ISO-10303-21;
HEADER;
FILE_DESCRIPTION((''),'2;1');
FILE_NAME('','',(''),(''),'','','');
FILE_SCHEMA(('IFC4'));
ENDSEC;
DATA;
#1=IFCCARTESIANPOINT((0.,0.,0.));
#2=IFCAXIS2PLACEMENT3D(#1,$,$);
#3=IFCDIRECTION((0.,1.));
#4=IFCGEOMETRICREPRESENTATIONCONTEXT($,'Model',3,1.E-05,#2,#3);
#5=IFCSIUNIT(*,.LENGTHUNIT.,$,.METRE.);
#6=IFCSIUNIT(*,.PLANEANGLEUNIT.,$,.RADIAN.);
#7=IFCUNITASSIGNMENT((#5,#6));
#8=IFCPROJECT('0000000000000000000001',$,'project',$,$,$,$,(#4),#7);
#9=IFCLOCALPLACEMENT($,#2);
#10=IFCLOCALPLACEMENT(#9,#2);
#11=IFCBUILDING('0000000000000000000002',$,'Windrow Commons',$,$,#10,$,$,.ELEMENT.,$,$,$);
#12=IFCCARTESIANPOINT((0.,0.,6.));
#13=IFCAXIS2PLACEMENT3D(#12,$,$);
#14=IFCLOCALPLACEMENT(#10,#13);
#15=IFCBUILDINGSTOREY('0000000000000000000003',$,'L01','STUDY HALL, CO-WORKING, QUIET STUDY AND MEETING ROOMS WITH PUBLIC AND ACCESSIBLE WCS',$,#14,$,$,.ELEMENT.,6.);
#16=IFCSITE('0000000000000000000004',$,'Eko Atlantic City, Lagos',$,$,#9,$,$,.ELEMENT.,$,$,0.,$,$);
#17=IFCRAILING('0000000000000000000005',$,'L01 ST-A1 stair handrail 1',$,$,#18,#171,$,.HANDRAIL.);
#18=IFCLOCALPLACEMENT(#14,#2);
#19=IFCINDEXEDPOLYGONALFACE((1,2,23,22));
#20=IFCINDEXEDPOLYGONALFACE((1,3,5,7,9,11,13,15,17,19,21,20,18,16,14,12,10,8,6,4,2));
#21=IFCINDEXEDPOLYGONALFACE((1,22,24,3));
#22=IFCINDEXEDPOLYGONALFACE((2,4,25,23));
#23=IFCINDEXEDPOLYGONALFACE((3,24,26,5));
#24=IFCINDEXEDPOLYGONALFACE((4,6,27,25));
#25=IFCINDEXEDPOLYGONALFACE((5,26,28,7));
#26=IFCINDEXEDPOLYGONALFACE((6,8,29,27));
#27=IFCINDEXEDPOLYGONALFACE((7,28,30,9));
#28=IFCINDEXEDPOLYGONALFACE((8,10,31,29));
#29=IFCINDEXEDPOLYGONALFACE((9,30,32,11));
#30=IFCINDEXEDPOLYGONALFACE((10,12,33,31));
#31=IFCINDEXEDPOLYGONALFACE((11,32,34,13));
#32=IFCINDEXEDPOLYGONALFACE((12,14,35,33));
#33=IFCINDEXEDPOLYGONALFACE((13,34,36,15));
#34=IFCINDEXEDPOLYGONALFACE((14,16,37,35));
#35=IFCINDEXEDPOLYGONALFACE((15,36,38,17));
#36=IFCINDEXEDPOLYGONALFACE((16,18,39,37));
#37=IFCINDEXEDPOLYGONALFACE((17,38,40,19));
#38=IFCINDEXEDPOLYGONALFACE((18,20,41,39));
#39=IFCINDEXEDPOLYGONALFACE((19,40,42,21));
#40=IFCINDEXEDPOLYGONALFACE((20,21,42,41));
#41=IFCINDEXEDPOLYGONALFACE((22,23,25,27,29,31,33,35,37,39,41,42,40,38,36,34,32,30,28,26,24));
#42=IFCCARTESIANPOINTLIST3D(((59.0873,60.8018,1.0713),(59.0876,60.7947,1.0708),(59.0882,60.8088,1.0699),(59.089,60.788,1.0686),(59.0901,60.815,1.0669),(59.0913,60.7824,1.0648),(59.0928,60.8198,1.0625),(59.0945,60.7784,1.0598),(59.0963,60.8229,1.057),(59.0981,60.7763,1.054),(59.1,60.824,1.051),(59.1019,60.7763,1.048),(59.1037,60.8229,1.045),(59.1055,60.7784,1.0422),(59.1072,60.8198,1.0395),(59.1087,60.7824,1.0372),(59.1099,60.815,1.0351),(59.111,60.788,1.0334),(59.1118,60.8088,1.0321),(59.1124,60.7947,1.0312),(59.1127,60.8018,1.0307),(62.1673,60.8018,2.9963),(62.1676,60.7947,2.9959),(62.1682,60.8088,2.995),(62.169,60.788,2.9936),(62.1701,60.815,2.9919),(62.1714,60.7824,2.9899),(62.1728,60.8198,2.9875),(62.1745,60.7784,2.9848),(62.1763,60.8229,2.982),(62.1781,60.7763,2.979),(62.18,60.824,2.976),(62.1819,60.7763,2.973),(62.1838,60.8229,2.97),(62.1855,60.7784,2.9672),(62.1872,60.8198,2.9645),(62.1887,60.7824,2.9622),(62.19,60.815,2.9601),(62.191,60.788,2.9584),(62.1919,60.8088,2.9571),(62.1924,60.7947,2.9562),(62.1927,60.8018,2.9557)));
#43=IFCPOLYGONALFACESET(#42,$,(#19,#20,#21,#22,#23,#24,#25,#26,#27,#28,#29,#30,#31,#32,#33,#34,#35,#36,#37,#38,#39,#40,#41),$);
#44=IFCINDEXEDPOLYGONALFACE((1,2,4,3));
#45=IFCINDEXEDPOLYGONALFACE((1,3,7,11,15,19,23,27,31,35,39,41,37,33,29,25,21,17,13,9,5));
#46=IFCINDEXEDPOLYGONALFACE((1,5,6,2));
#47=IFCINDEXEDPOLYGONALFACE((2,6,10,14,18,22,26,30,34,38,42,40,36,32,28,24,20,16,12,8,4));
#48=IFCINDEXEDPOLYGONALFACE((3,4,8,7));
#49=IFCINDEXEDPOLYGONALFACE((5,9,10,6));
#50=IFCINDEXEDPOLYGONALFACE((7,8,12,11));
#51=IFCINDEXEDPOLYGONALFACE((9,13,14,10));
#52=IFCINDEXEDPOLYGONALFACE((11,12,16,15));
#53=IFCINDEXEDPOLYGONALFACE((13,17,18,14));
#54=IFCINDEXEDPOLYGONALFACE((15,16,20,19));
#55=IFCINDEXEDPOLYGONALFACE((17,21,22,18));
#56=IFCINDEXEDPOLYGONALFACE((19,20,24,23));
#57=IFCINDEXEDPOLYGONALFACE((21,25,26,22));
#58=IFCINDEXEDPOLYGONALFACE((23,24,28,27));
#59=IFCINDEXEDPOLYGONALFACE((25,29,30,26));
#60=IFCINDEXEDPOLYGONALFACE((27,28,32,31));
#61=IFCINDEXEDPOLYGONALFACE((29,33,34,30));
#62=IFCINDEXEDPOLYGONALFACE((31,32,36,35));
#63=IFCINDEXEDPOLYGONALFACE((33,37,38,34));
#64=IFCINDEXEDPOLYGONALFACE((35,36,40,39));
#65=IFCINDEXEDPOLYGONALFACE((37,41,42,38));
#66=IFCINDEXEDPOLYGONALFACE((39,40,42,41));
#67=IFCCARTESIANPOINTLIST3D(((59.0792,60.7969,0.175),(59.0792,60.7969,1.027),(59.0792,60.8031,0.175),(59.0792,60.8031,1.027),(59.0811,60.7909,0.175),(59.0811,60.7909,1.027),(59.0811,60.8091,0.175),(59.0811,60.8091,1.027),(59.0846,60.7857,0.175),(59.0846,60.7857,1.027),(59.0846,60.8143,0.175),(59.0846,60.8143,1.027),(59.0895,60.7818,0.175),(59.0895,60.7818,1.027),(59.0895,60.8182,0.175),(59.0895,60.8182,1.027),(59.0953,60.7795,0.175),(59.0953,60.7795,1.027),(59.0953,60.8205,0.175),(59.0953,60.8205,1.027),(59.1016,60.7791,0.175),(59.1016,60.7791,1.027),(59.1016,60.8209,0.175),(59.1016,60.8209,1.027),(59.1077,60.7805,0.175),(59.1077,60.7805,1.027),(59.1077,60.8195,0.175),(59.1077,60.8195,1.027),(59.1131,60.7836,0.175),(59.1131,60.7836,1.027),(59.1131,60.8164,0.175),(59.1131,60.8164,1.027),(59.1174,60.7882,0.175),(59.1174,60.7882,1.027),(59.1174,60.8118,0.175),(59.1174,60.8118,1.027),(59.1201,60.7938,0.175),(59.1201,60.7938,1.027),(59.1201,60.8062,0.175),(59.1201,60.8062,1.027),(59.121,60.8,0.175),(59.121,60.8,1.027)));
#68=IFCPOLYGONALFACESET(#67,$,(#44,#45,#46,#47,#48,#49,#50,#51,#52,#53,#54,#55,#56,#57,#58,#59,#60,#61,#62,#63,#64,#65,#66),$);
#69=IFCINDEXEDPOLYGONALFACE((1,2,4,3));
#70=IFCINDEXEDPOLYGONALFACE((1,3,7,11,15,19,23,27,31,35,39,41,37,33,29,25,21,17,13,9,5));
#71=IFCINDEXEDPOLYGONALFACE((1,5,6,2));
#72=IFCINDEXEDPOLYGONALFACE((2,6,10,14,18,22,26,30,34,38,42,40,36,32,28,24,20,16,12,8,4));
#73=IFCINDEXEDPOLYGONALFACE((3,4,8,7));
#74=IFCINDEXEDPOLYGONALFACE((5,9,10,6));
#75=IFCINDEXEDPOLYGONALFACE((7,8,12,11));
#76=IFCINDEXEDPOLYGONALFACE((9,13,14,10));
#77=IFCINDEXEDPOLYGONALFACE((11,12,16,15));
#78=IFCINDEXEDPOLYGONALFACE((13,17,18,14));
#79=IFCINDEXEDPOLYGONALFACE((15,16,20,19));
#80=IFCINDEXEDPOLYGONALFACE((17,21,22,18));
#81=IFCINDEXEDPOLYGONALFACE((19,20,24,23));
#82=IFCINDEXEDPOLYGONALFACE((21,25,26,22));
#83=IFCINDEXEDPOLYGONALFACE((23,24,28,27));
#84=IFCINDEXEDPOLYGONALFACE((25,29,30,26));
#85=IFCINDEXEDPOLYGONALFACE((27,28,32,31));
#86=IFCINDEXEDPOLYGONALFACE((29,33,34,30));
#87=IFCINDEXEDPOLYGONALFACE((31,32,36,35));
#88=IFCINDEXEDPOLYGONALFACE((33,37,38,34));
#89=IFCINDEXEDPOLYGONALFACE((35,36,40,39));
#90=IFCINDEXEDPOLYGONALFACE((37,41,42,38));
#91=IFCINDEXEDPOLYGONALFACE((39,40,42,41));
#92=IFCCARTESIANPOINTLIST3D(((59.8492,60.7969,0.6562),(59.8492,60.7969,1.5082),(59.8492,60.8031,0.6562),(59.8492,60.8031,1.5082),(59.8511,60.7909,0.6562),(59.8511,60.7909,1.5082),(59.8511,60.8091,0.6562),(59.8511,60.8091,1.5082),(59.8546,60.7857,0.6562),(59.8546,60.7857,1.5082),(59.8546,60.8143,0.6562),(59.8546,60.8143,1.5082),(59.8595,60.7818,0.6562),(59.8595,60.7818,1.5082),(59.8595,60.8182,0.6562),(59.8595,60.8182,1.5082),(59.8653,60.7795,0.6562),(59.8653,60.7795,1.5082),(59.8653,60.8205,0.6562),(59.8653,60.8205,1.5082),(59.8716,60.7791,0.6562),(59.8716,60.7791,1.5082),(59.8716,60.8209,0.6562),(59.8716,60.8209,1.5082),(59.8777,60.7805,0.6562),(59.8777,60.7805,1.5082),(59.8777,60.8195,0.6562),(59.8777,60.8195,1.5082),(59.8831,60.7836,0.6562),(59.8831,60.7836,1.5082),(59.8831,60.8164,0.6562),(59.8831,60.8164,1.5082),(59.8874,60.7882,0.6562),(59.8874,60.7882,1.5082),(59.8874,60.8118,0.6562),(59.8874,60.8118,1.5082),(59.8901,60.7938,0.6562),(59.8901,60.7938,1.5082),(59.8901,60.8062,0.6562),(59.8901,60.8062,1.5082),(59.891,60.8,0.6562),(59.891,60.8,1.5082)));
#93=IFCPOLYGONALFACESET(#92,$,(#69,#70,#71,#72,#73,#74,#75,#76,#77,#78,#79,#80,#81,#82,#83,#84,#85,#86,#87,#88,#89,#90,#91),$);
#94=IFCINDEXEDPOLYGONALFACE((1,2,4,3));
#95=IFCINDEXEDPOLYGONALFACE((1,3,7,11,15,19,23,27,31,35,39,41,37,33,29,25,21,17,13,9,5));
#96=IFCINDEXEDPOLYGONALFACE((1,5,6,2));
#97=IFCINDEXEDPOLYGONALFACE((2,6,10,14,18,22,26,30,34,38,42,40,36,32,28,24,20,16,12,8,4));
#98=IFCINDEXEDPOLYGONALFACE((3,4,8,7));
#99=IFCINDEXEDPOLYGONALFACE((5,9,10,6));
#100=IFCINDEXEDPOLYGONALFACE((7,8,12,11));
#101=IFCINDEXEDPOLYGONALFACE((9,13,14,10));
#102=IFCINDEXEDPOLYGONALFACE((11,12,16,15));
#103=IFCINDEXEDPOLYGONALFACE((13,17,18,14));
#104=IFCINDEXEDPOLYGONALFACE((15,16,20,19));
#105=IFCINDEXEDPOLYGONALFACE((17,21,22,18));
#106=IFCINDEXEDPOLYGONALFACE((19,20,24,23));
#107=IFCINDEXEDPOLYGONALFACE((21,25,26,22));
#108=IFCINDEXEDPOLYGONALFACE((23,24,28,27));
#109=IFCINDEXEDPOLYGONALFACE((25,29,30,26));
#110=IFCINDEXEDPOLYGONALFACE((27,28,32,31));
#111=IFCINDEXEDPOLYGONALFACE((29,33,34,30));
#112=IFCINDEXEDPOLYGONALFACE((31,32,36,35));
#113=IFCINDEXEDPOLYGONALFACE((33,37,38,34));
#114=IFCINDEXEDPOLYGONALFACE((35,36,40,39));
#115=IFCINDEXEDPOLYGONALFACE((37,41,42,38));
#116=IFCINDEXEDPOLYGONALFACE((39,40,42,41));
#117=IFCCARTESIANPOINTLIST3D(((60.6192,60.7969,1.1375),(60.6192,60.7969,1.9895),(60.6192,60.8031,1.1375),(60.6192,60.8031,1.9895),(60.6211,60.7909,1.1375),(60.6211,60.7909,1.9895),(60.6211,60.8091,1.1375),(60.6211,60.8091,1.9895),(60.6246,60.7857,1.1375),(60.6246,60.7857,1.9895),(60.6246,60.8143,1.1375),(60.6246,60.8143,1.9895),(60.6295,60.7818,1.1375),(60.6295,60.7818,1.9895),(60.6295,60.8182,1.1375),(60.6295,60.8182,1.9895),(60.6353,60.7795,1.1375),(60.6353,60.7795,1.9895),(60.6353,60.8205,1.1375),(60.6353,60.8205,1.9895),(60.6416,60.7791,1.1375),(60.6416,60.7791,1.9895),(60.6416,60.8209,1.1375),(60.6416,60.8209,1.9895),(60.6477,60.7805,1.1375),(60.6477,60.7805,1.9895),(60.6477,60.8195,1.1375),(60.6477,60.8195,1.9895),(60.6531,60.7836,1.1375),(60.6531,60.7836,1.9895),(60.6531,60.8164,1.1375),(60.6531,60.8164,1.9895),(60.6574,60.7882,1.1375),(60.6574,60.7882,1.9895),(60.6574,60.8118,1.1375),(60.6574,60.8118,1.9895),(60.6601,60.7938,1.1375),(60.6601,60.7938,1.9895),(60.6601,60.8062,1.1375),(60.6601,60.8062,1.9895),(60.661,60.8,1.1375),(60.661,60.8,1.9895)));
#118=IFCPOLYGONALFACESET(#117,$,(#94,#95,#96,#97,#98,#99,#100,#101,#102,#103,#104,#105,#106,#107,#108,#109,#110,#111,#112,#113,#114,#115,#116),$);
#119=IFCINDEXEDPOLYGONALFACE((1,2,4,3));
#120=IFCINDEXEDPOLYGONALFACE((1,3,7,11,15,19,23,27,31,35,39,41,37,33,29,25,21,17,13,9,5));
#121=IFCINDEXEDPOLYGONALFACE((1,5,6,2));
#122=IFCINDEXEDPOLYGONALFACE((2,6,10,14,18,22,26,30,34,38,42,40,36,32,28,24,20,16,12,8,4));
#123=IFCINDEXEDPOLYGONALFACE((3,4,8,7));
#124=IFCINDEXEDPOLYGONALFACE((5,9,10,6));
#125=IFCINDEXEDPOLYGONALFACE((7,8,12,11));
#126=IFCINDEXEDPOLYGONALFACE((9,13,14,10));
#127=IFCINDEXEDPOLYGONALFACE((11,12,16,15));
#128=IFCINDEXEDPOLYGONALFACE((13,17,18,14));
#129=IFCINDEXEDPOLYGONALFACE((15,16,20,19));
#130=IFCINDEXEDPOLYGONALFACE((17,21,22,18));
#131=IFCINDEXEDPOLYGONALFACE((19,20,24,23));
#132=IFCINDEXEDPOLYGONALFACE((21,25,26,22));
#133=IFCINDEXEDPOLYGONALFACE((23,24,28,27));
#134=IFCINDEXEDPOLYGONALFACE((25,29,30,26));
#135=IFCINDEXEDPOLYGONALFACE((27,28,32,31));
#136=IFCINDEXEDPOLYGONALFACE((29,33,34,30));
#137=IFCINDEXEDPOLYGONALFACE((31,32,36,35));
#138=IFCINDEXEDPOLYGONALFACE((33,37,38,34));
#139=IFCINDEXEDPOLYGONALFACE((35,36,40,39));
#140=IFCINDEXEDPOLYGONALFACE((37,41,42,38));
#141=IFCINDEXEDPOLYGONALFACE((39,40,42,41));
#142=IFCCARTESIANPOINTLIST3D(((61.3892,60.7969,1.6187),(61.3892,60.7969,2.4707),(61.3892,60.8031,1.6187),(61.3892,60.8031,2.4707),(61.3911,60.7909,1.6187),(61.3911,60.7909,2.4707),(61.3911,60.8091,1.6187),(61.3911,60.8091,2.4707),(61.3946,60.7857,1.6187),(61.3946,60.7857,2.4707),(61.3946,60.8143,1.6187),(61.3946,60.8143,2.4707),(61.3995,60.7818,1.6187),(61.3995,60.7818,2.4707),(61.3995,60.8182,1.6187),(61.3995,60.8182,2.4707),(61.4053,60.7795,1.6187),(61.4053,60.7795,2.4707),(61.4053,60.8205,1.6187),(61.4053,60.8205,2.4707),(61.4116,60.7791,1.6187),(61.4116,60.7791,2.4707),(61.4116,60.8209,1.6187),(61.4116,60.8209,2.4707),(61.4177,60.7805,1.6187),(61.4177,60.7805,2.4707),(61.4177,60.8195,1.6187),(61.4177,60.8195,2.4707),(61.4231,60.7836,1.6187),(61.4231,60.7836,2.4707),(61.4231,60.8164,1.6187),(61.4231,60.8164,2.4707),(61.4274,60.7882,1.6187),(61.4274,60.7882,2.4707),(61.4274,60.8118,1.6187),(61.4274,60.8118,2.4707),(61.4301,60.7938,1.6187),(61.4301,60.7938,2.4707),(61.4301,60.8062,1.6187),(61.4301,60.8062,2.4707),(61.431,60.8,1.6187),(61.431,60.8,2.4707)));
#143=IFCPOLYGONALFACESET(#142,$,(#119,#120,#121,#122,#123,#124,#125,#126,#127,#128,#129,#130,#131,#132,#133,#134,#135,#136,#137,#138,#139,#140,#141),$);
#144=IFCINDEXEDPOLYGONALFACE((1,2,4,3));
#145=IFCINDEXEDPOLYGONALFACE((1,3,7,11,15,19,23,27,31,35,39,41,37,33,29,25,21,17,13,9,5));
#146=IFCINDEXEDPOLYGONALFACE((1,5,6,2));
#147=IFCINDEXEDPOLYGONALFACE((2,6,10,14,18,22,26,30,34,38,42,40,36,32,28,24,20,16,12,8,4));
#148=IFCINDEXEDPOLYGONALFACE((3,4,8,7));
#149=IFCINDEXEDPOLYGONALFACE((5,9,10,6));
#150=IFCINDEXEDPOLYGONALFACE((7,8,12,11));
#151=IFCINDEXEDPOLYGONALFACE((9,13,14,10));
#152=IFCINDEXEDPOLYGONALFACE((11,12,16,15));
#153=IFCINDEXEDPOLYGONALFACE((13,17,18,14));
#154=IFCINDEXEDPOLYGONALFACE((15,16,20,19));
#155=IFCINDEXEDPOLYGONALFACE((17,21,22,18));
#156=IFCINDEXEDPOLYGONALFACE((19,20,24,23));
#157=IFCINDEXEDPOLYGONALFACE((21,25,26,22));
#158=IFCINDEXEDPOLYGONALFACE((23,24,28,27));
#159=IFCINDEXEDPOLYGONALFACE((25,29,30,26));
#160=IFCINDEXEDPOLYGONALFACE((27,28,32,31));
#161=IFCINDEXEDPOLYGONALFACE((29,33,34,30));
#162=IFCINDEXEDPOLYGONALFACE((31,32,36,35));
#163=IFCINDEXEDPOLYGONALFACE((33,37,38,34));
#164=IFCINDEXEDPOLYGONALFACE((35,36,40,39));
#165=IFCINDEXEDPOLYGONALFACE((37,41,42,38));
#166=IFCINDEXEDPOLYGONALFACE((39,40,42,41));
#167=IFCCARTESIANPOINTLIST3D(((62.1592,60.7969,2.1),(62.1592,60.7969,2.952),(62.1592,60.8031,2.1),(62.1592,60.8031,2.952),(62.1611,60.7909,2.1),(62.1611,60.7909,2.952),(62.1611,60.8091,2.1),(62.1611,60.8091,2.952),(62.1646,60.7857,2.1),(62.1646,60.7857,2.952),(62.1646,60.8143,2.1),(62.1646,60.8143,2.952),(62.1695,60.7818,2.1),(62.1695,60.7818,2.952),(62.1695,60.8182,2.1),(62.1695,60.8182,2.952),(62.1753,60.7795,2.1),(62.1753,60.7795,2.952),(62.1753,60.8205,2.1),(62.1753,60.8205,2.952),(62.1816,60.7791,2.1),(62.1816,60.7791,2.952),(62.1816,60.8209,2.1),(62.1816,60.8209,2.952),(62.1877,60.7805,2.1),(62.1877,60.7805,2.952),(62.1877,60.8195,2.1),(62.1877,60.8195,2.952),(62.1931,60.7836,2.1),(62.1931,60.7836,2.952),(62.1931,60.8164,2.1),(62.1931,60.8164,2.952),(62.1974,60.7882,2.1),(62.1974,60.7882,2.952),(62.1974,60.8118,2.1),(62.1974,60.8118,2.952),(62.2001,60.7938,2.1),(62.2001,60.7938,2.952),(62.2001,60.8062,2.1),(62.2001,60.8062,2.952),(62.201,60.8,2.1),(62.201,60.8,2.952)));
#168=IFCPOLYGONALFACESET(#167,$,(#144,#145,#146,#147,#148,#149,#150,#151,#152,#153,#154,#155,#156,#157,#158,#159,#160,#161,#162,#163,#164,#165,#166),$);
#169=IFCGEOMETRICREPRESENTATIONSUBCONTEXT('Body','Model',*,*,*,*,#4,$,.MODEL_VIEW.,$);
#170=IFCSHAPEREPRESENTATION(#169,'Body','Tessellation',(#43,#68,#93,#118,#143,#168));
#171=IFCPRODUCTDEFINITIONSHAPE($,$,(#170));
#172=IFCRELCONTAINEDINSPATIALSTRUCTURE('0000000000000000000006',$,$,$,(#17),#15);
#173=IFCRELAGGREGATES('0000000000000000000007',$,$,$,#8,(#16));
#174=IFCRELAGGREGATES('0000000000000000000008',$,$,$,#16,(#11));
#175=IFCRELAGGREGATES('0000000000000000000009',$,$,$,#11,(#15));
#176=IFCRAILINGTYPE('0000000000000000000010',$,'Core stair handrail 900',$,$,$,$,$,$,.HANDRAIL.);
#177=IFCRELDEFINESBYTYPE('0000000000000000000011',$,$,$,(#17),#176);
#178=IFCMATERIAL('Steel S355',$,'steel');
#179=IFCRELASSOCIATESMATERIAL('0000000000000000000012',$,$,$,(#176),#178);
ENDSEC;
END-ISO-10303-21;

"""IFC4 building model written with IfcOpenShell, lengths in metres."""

from ifc_helpers import new_model, si_unit, direction, frame, origin, origin_2d, place, context, subcontext, project, spatial, circle, extrude, material, type_object, element, save


model = new_model("IFC4")

# Units and contexts
model_context = context("Model", 3, precision=1e-05, world=origin(), true_north=direction((0.0, 1.0)))
body_context = subcontext(model_context, "Body", "Model", "MODEL_VIEW")
ifc_project = project(units=[si_unit("LENGTHUNIT", "METRE"), si_unit("PLANEANGLEUNIT", "RADIAN")], contexts=[model_context])

# Site, building, storey
site_placement = place(None, origin())
site = spatial("IfcSite", under=ifc_project, at=site_placement, Name="Eko Atlantic City, Lagos", CompositionType="ELEMENT", RefElevation=0.0)
building_placement = place(site_placement, origin())
building = spatial("IfcBuilding", under=site, at=building_placement, Name="Windrow Commons", CompositionType="ELEMENT")
storey_placement = place(building_placement, frame((0.0, 0.0, 6.0)))
storey = spatial("IfcBuildingStorey", under=building, at=storey_placement, Name="L01", Description="STUDY HALL, CO-WORKING, QUIET STUDY AND MEETING ROOMS WITH PUBLIC AND ACCESSIBLE WCS", CompositionType="ELEMENT", Elevation=6.0)

# Railing
ifc_material_1 = material(Name="Steel S355", Category="steel")
railing_type_1 = type_object("IfcRailingType", Name="Core stair handrail 900", PredefinedType="HANDRAIL", material=ifc_material_1)
railing_1_placement = place(storey_placement, frame((59.1, 60.8, 0.175)))
element("IfcRailing", 1, at=railing_1_placement, inside=storey, type_object=railing_type_1, Name="L01 ST-A1 stair handrail 1", PredefinedType="HANDRAIL", context=body_context, shape_type="SweptSolid", body=[
    extrude(circle(Radius=0.024, at=origin_2d()), frame((0.0, 0.0, 0.876), z_axis=(0.847998, 0.0, 0.529999), x_axis=(0.0, 1.0, 0.0)), (0.0, 0.0, 1.0), 3.6321),
    extrude(circle(Radius=0.021, at=origin_2d()), origin(), (0.0, 0.0, 1.0), 0.852),
    extrude(circle(Radius=0.021, at=origin_2d()), frame((0.77, 0.0, 0.4812)), (0.0, 0.0, 1.0), 0.852),
    extrude(circle(Radius=0.021, at=origin_2d()), frame((1.54, 0.0, 0.9625)), (0.0, 0.0, 1.0), 0.852),
    extrude(circle(Radius=0.021, at=origin_2d()), frame((2.31, 0.0, 1.4437)), (0.0, 0.0, 1.0), 0.852),
    extrude(circle(Radius=0.021, at=origin_2d()), frame((3.08, 0.0, 1.925)), (0.0, 0.0, 1.0), 0.852),
])

save(model, "model.ifc")
